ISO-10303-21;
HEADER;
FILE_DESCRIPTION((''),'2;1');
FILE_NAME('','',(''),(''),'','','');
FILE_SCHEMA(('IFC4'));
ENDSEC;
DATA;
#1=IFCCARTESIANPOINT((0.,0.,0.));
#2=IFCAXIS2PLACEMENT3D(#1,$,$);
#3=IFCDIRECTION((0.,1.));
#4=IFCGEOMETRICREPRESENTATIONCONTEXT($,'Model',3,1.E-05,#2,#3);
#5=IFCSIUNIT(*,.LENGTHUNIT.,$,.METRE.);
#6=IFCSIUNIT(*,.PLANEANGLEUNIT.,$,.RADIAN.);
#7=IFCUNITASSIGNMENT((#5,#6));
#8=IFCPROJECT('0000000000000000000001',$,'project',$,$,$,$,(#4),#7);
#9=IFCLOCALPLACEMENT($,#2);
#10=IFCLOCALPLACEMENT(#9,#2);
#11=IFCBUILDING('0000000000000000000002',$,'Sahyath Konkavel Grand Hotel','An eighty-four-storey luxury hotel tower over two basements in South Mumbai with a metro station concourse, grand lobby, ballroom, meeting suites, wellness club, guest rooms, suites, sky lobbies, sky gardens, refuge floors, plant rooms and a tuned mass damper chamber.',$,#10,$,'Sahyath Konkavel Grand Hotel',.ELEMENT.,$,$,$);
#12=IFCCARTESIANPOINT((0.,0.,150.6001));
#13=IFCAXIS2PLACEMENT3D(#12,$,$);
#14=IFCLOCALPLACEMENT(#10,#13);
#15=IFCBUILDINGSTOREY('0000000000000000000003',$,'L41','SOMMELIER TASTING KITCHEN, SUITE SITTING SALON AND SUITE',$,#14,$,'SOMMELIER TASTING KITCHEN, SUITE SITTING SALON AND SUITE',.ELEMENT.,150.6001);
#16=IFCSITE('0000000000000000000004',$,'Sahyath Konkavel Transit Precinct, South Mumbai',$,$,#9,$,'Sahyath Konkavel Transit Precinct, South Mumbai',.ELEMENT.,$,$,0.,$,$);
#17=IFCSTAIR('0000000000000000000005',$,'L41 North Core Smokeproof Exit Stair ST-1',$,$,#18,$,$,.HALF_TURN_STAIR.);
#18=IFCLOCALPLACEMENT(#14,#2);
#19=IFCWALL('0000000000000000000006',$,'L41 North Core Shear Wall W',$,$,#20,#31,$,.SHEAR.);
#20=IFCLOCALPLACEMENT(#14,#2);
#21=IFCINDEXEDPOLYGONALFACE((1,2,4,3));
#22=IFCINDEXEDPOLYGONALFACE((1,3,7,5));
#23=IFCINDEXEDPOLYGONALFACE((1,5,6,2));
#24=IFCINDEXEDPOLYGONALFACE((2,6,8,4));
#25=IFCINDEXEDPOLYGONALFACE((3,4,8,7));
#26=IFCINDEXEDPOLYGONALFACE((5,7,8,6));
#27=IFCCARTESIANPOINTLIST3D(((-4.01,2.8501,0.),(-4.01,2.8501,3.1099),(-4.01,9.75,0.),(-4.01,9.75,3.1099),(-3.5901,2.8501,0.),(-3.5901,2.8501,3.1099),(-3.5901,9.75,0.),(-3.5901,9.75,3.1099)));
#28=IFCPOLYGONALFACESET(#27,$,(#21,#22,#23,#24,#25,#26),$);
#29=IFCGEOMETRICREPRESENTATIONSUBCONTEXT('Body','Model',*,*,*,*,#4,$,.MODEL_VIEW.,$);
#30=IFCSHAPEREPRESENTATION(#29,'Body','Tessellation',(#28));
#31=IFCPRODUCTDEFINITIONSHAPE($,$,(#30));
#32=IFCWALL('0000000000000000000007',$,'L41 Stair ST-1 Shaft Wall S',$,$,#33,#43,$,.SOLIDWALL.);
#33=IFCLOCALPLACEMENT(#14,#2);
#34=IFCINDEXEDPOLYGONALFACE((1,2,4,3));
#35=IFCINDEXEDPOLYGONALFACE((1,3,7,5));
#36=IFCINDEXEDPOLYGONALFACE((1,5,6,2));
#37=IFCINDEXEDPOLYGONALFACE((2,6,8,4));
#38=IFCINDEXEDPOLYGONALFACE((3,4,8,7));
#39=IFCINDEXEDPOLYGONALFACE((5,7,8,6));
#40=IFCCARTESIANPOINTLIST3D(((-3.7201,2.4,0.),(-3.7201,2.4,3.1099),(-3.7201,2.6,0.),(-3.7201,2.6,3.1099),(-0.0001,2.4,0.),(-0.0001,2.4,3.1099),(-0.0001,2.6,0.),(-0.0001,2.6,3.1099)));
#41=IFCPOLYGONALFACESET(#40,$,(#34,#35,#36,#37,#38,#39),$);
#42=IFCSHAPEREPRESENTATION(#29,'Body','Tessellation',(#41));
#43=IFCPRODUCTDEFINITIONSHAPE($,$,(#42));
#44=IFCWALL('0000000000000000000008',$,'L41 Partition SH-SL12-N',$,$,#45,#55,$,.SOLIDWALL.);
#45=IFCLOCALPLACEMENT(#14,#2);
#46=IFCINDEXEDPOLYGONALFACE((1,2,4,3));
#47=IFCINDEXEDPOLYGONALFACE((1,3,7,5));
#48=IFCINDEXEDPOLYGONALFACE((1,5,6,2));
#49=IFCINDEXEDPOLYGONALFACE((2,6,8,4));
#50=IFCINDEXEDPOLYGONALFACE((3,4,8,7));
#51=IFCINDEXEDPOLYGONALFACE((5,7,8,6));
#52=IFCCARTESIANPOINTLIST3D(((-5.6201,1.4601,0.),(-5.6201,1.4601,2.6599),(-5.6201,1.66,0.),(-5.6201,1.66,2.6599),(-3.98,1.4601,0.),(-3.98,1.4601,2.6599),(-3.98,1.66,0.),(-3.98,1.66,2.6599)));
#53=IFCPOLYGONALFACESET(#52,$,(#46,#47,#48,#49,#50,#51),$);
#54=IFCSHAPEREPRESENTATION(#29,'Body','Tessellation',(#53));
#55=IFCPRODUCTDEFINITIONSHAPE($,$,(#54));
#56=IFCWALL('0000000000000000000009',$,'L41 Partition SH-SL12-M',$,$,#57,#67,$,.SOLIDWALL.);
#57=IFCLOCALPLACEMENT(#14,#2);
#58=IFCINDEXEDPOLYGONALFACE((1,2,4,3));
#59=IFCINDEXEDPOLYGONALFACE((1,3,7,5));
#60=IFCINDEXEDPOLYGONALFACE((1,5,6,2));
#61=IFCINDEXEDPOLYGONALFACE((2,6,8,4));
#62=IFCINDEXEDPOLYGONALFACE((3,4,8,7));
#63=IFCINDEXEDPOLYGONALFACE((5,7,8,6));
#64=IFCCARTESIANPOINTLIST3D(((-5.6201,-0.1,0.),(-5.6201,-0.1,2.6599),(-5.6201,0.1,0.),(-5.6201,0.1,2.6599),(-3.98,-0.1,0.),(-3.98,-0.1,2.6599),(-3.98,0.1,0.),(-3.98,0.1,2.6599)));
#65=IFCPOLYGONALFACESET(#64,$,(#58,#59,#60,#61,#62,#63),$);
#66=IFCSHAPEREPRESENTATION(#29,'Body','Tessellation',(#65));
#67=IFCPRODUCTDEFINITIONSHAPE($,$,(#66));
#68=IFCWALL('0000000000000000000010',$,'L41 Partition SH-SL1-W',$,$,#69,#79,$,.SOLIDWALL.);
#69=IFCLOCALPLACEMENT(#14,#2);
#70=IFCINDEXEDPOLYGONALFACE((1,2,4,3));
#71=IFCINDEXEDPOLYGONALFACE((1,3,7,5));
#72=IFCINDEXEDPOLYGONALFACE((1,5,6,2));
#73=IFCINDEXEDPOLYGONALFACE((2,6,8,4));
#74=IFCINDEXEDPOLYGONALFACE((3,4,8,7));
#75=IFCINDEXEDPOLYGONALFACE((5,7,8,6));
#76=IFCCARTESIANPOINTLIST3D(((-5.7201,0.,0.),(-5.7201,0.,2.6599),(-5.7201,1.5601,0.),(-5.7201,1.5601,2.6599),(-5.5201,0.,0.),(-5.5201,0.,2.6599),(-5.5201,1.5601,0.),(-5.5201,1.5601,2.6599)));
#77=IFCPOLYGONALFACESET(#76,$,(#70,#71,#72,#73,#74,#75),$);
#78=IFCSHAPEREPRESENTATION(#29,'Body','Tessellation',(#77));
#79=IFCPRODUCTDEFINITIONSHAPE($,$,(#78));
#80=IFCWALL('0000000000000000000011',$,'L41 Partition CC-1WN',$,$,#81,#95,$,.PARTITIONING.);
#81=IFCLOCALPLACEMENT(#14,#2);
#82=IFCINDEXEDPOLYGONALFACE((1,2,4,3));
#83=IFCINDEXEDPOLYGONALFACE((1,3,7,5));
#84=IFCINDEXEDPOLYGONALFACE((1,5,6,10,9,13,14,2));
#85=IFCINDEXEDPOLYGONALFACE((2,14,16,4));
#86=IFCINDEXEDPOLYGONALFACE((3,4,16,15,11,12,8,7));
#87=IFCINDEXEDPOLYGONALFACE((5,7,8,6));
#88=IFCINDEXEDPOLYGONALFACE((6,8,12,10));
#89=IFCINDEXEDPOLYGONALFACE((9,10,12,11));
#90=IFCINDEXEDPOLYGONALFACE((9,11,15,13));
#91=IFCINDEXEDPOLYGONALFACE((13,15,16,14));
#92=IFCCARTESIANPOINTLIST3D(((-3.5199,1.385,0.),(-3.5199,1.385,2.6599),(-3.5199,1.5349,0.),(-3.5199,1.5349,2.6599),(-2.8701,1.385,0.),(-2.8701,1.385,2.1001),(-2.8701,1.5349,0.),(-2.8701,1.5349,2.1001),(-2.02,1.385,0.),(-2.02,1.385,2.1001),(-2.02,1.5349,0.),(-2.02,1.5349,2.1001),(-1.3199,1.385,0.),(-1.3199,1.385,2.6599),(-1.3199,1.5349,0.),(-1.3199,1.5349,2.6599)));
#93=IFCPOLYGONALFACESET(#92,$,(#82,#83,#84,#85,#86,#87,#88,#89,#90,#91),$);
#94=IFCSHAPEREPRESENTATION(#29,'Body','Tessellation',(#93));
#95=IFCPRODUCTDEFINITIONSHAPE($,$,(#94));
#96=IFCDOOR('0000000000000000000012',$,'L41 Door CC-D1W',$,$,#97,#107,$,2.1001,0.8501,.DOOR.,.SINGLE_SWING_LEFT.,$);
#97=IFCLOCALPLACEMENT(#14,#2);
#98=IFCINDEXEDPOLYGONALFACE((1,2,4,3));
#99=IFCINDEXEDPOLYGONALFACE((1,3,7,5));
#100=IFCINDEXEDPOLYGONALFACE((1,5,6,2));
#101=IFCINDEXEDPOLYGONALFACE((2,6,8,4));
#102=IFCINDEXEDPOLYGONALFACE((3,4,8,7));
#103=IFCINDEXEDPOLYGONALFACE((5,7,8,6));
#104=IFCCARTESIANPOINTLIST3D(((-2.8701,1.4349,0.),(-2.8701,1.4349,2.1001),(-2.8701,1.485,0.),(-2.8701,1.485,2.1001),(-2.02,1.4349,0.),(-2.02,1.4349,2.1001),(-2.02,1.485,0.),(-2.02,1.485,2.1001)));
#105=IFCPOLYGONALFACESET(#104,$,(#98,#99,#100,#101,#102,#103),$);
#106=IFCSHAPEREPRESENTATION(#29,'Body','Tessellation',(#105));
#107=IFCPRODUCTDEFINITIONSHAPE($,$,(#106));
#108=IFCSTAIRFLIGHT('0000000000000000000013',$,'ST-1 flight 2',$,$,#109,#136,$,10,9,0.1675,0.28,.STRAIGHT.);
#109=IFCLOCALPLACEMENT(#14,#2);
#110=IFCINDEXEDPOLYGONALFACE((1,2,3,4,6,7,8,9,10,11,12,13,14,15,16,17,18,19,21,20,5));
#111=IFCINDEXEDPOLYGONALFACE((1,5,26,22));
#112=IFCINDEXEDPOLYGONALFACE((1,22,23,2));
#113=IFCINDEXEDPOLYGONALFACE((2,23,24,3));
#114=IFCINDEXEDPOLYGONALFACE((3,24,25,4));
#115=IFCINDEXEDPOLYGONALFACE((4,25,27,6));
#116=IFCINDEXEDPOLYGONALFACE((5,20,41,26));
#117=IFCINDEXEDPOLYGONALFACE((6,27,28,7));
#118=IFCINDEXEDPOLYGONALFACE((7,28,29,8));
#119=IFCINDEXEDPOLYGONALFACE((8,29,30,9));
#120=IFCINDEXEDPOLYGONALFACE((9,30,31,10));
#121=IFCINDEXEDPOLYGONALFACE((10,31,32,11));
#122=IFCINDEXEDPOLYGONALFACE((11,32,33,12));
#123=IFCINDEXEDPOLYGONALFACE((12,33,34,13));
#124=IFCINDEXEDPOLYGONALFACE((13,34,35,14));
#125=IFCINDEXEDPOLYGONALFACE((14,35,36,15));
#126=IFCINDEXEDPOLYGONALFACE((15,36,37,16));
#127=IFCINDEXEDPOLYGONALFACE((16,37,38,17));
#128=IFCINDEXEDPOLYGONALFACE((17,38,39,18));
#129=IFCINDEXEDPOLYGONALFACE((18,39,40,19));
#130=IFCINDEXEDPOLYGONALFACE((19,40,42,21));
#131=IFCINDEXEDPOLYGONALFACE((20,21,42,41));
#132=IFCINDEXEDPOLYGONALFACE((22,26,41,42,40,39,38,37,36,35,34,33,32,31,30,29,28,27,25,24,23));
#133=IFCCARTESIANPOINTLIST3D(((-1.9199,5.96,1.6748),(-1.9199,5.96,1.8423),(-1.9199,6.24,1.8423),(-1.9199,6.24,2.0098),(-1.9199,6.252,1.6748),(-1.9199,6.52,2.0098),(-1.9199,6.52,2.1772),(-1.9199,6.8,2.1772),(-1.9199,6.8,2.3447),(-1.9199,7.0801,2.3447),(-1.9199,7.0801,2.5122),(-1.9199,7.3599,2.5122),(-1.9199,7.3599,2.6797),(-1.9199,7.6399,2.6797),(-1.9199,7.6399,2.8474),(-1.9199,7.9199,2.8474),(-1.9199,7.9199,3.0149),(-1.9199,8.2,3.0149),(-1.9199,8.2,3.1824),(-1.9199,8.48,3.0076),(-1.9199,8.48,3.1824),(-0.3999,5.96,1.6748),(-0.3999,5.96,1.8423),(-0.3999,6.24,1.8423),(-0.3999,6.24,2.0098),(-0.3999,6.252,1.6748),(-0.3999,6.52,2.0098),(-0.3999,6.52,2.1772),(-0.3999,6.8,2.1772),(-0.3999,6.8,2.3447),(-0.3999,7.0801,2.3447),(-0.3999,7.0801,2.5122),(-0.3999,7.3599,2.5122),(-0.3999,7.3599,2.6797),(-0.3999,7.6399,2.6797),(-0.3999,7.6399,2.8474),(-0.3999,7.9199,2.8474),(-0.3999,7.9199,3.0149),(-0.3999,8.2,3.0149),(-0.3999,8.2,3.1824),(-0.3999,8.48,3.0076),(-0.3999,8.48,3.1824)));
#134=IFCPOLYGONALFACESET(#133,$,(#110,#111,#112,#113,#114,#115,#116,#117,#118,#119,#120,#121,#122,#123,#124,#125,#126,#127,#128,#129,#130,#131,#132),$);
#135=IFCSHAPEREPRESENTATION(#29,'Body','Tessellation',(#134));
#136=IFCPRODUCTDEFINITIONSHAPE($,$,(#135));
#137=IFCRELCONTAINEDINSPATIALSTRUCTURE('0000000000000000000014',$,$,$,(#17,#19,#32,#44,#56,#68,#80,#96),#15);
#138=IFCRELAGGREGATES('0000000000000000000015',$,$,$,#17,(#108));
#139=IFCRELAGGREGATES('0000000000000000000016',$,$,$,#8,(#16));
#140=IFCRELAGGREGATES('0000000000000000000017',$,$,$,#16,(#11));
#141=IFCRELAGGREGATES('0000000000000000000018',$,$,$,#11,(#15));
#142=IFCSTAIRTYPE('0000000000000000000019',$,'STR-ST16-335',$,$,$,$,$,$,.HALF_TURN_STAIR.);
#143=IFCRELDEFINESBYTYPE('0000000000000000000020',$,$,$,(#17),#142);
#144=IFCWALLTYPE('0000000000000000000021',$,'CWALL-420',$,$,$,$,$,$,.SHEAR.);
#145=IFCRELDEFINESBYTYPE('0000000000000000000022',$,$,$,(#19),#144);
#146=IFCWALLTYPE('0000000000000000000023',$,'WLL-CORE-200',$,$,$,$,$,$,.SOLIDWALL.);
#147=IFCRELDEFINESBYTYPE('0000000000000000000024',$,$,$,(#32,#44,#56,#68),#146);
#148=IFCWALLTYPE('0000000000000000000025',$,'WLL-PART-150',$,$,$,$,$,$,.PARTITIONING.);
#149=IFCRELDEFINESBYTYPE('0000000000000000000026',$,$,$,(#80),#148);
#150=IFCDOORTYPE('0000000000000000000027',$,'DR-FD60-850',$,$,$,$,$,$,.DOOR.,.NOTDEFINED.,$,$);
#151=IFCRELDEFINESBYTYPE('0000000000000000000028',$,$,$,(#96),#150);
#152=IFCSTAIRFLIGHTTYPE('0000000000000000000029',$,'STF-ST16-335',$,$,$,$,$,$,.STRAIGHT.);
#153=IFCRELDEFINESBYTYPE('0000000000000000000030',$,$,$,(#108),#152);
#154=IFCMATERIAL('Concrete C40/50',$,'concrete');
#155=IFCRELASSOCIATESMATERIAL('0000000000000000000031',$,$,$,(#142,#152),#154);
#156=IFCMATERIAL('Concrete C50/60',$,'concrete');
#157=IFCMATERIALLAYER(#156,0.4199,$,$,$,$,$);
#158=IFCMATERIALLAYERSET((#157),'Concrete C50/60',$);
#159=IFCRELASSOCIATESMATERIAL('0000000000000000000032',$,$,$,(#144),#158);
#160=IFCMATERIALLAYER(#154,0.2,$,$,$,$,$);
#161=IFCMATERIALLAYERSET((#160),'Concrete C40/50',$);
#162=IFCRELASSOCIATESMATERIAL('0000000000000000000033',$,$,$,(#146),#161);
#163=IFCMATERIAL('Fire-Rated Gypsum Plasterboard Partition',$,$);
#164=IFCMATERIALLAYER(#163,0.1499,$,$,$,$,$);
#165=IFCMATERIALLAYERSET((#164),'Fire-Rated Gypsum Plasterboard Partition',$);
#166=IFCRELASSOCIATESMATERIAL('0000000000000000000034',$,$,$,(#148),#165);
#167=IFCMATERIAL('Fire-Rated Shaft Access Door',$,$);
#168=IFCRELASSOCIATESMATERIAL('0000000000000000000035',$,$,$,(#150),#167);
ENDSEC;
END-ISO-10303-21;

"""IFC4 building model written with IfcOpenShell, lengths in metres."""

from ifc_helpers import new_model, si_unit, direction, frame, frame_2d, origin, origin_2d, place, context, subcontext, project, spatial, polyline, rectangle, outline, extrude, source, transform, mapped, material, layer, layer_set, type_object, element, fill, aggregate, save


model = new_model("IFC4")

# Units and contexts
model_context = context("Model", 3, precision=1e-05, world=origin(), true_north=direction((0.0, 1.0)))
body_context = subcontext(model_context, "Body", "Model", "MODEL_VIEW")
ifc_project = project(units=[si_unit("LENGTHUNIT", "METRE"), si_unit("PLANEANGLEUNIT", "RADIAN")], contexts=[model_context])

# Site, building, storey
site_placement = place(None, origin())
site = spatial("IfcSite", under=ifc_project, at=site_placement, Name="Sahyath Konkavel Transit Precinct, South Mumbai", LongName="Sahyath Konkavel Transit Precinct, South Mumbai", CompositionType="ELEMENT", RefElevation=0.0)
building_placement = place(site_placement, origin())
building = spatial("IfcBuilding", under=site, at=building_placement, Name="Sahyath Konkavel Grand Hotel", Description="An eighty-four-storey luxury hotel tower over two basements in South Mumbai with a metro station concourse, grand lobby, ballroom, meeting suites, wellness club, guest rooms, suites, sky lobbies, sky gardens, refuge floors, plant rooms and a tuned mass damper chamber.", LongName="Sahyath Konkavel Grand Hotel", CompositionType="ELEMENT")
storey_placement = place(building_placement, frame((0.0, 0.0, 150.6001)))
storey = spatial("IfcBuildingStorey", under=building, at=storey_placement, Name="L41", Description="SOMMELIER TASTING KITCHEN, SUITE SITTING SALON AND SUITE", LongName="SOMMELIER TASTING KITCHEN, SUITE SITTING SALON AND SUITE", CompositionType="ELEMENT", Elevation=150.6001)

# Shared definitions
ifc_material_1 = material(Name="Concrete C50/60", Category="concrete")

# Shared definitions
ifc_material_2 = material(Name="Concrete C40/50", Category="concrete")

# Stair
stair_type = type_object("IfcStairType", Name="STR-ST16-335", PredefinedType="HALF_TURN_STAIR", material=ifc_material_2)
stair_1_placement = place(storey_placement, origin())
stair_1 = element("IfcStair", 1, at=stair_1_placement, inside=storey, type_object=stair_type, Name="L41 North Core Smokeproof Exit Stair ST-1", PredefinedType="HALF_TURN_STAIR")

# Walls
ifc_layer_1 = layer(ifc_material_1, 0.4199)
ifc_layer_set_1 = layer_set([ifc_layer_1], Name="Concrete C50/60")
wall_type_1 = type_object("IfcWallType", Name="CWALL-420", PredefinedType="SHEAR", material=ifc_layer_set_1)
wall_1_placement = place(storey_placement, frame((-3.8, 2.8501, 0.0), z_axis=(0.0, 0.0, 1.0), x_axis=(0.0, 1.0, 0.0)))
element("IfcWall", 2, at=wall_1_placement, inside=storey, type_object=wall_type_1, Name="L41 North Core Shear Wall W", PredefinedType="SHEAR", context=body_context, shape_type="SweptSolid", body=[
    extrude(rectangle(XDim=6.8999, YDim=0.4199, at=frame_2d((3.45, 0.0))), origin(), (0.0, 0.0, 1.0), 3.1099),
])
ifc_layer_2 = layer(ifc_material_2, 0.2)
ifc_layer_set_2 = layer_set([ifc_layer_2], Name="Concrete C40/50")
wall_type_2 = type_object("IfcWallType", Name="WLL-CORE-200", PredefinedType="SOLIDWALL", material=ifc_layer_set_2)
wall_2_placement = place(storey_placement, frame((-3.72, 2.5, 0.0), z_axis=(0.0, 0.0, 1.0), x_axis=(1.0, 0.0, 0.0)))
element("IfcWall", 3, at=wall_2_placement, inside=storey, type_object=wall_type_2, Name="L41 Stair ST-1 Shaft Wall S", PredefinedType="SOLIDWALL", context=body_context, shape_type="SweptSolid", body=[
    extrude(rectangle(XDim=3.72, YDim=0.2, at=frame_2d((1.8599, 0.0))), origin(), (0.0, 0.0, 1.0), 3.1099),
])
for number, where, z_axis, x_axis, name in (
    (4, (-5.6201, 1.5601, 0.0), (0.0, 0.0, 1.0), (1.0, 0.0, 0.0), "L41 Partition SH-SL12-N"),
    (5, (-5.6201, 0.0, 0.0), (0.0, 0.0, 1.0), (1.0, 0.0, 0.0), "L41 Partition SH-SL12-M"),
):
    element("IfcWall", number, at=place(storey_placement, frame(where, z_axis=z_axis, x_axis=x_axis)), inside=storey, type_object=wall_type_2, Name=name, PredefinedType="SOLIDWALL", context=body_context, shape_type="SweptSolid", body=[
        extrude(rectangle(XDim=1.6401, YDim=0.2, at=frame_2d((0.8201, 0.0))), origin(), (0.0, 0.0, 1.0), 2.6599),
    ])
wall_3_placement = place(storey_placement, frame((-5.6201, 0.0, 0.0), z_axis=(0.0, 0.0, 1.0), x_axis=(0.0, 1.0, 0.0)))
element("IfcWall", 6, at=wall_3_placement, inside=storey, type_object=wall_type_2, Name="L41 Partition SH-SL1-W", PredefinedType="SOLIDWALL", context=body_context, shape_type="SweptSolid", body=[
    extrude(rectangle(XDim=1.5601, YDim=0.2, at=frame_2d((0.78, 0.0))), origin(), (0.0, 0.0, 1.0), 2.6599),
])

# Wall, opening, door
ifc_material_3 = material(Name="Fire-Rated Gypsum Plasterboard Partition")
ifc_layer_3 = layer(ifc_material_3, 0.1499)
ifc_layer_set_3 = layer_set([ifc_layer_3], Name="Fire-Rated Gypsum Plasterboard Partition")
wall_type_3 = type_object("IfcWallType", Name="WLL-PART-150", PredefinedType="PARTITIONING", material=ifc_layer_set_3)
wall_4_placement = place(storey_placement, frame((-3.52, 1.46, 0.0), z_axis=(0.0, 0.0, 1.0), x_axis=(1.0, 0.0, 0.0)))
wall_4 = element("IfcWall", 7, at=wall_4_placement, inside=storey, type_object=wall_type_3, Name="L41 Partition CC-1WN", PredefinedType="PARTITIONING", context=body_context, shape_type="SweptSolid", body=[
    extrude(rectangle(XDim=2.2, YDim=0.1499, at=frame_2d((1.1001, 0.0))), origin(), (0.0, 0.0, 1.0), 2.6599),
])
opening_placement = place(wall_4_placement, frame((0.6499, 0.0, 0.0)))
opening = element("IfcOpeningElement", 8, at=opening_placement, cuts=wall_4, PredefinedType="OPENING", context=body_context, shape_type="SweptSolid", body=[
    extrude(rectangle(XDim=0.8501, YDim=2.1001, at=frame_2d((0.425, 1.05))), frame((0.0, 0.085, 0.0), z_axis=(0.0, -1.0, 0.0), x_axis=(1.0, 0.0, 0.0)), (0.0, 0.0, 1.0), 0.1699),
])
ifc_material_4 = material(Name="Fire-Rated Shaft Access Door")
door_type = type_object("IfcDoorType", Name="DR-FD60-850", OperationType="NOTDEFINED", PredefinedType="DOOR", material=ifc_material_4)
shared_shape_1 = source(origin(), body_context, "Body", "SweptSolid", [
    extrude(rectangle(XDim=0.8501, YDim=0.05, at=origin_2d()), origin(), (0.0, 0.0, 1.0), 2.1001),
])
door_placement = place(opening_placement, frame((0.425, 0.0, 0.0)))
door = element("IfcDoor", 9, at=door_placement, inside=storey, type_object=door_type, Name="L41 Door CC-D1W", OperationType="SINGLE_SWING_LEFT", OverallHeight=2.1001, OverallWidth=0.8501, PredefinedType="DOOR", context=body_context, shape_type="MappedRepresentation", body=[
    mapped(shared_shape_1, transform((0.0, 0.0, 0.0), scale=1.0)),
])
fill(opening, door)

# Stair flight
stair_flight_type = type_object("IfcStairFlightType", Name="STF-ST16-335", PredefinedType="STRAIGHT", material=ifc_material_2)
stair_flight_placement = place(storey_placement, frame((-1.1599, 5.96, 1.6748), z_axis=(0.0, 0.0, 1.0), x_axis=(0.0, 1.0, 0.0)))
stair_flight = element("IfcStairFlight", 10, at=stair_flight_placement, type_object=stair_flight_type, Name="ST-1 flight 2", NumberOfRisers=10, NumberOfTreads=9, PredefinedType="STRAIGHT", RiserHeight=0.1675, TreadLength=0.28, context=body_context, shape_type="SweptSolid", body=[
    extrude(outline(polyline([(0.0, 0.0), (0.0, 0.1675), (0.28, 0.1675), (0.28, 0.335), (0.5601, 0.335), (0.5601, 0.5024), (0.8401, 0.5024), (0.8401, 0.6699), (1.1201, 0.6699), (1.1201, 0.8374), (1.3999, 0.8374), (1.3999, 1.0049), (1.6799, 1.0049), (1.6799, 1.1726), (1.96, 1.1726), (1.96, 1.3401), (2.24, 1.3401), (2.24, 1.5076), (2.52, 1.5076), (2.52, 1.675), (2.52, 1.3328), (0.292, 0.0), (0.0, 0.0)])), frame((0.0, 0.76, 0.0), z_axis=(0.0, -1.0, 0.0), x_axis=(1.0, 0.0, 0.0)), (0.0, 0.0, 1.0), 1.52),
])
aggregate(stair_1, [stair_flight])

save(model, "model.ifc")
